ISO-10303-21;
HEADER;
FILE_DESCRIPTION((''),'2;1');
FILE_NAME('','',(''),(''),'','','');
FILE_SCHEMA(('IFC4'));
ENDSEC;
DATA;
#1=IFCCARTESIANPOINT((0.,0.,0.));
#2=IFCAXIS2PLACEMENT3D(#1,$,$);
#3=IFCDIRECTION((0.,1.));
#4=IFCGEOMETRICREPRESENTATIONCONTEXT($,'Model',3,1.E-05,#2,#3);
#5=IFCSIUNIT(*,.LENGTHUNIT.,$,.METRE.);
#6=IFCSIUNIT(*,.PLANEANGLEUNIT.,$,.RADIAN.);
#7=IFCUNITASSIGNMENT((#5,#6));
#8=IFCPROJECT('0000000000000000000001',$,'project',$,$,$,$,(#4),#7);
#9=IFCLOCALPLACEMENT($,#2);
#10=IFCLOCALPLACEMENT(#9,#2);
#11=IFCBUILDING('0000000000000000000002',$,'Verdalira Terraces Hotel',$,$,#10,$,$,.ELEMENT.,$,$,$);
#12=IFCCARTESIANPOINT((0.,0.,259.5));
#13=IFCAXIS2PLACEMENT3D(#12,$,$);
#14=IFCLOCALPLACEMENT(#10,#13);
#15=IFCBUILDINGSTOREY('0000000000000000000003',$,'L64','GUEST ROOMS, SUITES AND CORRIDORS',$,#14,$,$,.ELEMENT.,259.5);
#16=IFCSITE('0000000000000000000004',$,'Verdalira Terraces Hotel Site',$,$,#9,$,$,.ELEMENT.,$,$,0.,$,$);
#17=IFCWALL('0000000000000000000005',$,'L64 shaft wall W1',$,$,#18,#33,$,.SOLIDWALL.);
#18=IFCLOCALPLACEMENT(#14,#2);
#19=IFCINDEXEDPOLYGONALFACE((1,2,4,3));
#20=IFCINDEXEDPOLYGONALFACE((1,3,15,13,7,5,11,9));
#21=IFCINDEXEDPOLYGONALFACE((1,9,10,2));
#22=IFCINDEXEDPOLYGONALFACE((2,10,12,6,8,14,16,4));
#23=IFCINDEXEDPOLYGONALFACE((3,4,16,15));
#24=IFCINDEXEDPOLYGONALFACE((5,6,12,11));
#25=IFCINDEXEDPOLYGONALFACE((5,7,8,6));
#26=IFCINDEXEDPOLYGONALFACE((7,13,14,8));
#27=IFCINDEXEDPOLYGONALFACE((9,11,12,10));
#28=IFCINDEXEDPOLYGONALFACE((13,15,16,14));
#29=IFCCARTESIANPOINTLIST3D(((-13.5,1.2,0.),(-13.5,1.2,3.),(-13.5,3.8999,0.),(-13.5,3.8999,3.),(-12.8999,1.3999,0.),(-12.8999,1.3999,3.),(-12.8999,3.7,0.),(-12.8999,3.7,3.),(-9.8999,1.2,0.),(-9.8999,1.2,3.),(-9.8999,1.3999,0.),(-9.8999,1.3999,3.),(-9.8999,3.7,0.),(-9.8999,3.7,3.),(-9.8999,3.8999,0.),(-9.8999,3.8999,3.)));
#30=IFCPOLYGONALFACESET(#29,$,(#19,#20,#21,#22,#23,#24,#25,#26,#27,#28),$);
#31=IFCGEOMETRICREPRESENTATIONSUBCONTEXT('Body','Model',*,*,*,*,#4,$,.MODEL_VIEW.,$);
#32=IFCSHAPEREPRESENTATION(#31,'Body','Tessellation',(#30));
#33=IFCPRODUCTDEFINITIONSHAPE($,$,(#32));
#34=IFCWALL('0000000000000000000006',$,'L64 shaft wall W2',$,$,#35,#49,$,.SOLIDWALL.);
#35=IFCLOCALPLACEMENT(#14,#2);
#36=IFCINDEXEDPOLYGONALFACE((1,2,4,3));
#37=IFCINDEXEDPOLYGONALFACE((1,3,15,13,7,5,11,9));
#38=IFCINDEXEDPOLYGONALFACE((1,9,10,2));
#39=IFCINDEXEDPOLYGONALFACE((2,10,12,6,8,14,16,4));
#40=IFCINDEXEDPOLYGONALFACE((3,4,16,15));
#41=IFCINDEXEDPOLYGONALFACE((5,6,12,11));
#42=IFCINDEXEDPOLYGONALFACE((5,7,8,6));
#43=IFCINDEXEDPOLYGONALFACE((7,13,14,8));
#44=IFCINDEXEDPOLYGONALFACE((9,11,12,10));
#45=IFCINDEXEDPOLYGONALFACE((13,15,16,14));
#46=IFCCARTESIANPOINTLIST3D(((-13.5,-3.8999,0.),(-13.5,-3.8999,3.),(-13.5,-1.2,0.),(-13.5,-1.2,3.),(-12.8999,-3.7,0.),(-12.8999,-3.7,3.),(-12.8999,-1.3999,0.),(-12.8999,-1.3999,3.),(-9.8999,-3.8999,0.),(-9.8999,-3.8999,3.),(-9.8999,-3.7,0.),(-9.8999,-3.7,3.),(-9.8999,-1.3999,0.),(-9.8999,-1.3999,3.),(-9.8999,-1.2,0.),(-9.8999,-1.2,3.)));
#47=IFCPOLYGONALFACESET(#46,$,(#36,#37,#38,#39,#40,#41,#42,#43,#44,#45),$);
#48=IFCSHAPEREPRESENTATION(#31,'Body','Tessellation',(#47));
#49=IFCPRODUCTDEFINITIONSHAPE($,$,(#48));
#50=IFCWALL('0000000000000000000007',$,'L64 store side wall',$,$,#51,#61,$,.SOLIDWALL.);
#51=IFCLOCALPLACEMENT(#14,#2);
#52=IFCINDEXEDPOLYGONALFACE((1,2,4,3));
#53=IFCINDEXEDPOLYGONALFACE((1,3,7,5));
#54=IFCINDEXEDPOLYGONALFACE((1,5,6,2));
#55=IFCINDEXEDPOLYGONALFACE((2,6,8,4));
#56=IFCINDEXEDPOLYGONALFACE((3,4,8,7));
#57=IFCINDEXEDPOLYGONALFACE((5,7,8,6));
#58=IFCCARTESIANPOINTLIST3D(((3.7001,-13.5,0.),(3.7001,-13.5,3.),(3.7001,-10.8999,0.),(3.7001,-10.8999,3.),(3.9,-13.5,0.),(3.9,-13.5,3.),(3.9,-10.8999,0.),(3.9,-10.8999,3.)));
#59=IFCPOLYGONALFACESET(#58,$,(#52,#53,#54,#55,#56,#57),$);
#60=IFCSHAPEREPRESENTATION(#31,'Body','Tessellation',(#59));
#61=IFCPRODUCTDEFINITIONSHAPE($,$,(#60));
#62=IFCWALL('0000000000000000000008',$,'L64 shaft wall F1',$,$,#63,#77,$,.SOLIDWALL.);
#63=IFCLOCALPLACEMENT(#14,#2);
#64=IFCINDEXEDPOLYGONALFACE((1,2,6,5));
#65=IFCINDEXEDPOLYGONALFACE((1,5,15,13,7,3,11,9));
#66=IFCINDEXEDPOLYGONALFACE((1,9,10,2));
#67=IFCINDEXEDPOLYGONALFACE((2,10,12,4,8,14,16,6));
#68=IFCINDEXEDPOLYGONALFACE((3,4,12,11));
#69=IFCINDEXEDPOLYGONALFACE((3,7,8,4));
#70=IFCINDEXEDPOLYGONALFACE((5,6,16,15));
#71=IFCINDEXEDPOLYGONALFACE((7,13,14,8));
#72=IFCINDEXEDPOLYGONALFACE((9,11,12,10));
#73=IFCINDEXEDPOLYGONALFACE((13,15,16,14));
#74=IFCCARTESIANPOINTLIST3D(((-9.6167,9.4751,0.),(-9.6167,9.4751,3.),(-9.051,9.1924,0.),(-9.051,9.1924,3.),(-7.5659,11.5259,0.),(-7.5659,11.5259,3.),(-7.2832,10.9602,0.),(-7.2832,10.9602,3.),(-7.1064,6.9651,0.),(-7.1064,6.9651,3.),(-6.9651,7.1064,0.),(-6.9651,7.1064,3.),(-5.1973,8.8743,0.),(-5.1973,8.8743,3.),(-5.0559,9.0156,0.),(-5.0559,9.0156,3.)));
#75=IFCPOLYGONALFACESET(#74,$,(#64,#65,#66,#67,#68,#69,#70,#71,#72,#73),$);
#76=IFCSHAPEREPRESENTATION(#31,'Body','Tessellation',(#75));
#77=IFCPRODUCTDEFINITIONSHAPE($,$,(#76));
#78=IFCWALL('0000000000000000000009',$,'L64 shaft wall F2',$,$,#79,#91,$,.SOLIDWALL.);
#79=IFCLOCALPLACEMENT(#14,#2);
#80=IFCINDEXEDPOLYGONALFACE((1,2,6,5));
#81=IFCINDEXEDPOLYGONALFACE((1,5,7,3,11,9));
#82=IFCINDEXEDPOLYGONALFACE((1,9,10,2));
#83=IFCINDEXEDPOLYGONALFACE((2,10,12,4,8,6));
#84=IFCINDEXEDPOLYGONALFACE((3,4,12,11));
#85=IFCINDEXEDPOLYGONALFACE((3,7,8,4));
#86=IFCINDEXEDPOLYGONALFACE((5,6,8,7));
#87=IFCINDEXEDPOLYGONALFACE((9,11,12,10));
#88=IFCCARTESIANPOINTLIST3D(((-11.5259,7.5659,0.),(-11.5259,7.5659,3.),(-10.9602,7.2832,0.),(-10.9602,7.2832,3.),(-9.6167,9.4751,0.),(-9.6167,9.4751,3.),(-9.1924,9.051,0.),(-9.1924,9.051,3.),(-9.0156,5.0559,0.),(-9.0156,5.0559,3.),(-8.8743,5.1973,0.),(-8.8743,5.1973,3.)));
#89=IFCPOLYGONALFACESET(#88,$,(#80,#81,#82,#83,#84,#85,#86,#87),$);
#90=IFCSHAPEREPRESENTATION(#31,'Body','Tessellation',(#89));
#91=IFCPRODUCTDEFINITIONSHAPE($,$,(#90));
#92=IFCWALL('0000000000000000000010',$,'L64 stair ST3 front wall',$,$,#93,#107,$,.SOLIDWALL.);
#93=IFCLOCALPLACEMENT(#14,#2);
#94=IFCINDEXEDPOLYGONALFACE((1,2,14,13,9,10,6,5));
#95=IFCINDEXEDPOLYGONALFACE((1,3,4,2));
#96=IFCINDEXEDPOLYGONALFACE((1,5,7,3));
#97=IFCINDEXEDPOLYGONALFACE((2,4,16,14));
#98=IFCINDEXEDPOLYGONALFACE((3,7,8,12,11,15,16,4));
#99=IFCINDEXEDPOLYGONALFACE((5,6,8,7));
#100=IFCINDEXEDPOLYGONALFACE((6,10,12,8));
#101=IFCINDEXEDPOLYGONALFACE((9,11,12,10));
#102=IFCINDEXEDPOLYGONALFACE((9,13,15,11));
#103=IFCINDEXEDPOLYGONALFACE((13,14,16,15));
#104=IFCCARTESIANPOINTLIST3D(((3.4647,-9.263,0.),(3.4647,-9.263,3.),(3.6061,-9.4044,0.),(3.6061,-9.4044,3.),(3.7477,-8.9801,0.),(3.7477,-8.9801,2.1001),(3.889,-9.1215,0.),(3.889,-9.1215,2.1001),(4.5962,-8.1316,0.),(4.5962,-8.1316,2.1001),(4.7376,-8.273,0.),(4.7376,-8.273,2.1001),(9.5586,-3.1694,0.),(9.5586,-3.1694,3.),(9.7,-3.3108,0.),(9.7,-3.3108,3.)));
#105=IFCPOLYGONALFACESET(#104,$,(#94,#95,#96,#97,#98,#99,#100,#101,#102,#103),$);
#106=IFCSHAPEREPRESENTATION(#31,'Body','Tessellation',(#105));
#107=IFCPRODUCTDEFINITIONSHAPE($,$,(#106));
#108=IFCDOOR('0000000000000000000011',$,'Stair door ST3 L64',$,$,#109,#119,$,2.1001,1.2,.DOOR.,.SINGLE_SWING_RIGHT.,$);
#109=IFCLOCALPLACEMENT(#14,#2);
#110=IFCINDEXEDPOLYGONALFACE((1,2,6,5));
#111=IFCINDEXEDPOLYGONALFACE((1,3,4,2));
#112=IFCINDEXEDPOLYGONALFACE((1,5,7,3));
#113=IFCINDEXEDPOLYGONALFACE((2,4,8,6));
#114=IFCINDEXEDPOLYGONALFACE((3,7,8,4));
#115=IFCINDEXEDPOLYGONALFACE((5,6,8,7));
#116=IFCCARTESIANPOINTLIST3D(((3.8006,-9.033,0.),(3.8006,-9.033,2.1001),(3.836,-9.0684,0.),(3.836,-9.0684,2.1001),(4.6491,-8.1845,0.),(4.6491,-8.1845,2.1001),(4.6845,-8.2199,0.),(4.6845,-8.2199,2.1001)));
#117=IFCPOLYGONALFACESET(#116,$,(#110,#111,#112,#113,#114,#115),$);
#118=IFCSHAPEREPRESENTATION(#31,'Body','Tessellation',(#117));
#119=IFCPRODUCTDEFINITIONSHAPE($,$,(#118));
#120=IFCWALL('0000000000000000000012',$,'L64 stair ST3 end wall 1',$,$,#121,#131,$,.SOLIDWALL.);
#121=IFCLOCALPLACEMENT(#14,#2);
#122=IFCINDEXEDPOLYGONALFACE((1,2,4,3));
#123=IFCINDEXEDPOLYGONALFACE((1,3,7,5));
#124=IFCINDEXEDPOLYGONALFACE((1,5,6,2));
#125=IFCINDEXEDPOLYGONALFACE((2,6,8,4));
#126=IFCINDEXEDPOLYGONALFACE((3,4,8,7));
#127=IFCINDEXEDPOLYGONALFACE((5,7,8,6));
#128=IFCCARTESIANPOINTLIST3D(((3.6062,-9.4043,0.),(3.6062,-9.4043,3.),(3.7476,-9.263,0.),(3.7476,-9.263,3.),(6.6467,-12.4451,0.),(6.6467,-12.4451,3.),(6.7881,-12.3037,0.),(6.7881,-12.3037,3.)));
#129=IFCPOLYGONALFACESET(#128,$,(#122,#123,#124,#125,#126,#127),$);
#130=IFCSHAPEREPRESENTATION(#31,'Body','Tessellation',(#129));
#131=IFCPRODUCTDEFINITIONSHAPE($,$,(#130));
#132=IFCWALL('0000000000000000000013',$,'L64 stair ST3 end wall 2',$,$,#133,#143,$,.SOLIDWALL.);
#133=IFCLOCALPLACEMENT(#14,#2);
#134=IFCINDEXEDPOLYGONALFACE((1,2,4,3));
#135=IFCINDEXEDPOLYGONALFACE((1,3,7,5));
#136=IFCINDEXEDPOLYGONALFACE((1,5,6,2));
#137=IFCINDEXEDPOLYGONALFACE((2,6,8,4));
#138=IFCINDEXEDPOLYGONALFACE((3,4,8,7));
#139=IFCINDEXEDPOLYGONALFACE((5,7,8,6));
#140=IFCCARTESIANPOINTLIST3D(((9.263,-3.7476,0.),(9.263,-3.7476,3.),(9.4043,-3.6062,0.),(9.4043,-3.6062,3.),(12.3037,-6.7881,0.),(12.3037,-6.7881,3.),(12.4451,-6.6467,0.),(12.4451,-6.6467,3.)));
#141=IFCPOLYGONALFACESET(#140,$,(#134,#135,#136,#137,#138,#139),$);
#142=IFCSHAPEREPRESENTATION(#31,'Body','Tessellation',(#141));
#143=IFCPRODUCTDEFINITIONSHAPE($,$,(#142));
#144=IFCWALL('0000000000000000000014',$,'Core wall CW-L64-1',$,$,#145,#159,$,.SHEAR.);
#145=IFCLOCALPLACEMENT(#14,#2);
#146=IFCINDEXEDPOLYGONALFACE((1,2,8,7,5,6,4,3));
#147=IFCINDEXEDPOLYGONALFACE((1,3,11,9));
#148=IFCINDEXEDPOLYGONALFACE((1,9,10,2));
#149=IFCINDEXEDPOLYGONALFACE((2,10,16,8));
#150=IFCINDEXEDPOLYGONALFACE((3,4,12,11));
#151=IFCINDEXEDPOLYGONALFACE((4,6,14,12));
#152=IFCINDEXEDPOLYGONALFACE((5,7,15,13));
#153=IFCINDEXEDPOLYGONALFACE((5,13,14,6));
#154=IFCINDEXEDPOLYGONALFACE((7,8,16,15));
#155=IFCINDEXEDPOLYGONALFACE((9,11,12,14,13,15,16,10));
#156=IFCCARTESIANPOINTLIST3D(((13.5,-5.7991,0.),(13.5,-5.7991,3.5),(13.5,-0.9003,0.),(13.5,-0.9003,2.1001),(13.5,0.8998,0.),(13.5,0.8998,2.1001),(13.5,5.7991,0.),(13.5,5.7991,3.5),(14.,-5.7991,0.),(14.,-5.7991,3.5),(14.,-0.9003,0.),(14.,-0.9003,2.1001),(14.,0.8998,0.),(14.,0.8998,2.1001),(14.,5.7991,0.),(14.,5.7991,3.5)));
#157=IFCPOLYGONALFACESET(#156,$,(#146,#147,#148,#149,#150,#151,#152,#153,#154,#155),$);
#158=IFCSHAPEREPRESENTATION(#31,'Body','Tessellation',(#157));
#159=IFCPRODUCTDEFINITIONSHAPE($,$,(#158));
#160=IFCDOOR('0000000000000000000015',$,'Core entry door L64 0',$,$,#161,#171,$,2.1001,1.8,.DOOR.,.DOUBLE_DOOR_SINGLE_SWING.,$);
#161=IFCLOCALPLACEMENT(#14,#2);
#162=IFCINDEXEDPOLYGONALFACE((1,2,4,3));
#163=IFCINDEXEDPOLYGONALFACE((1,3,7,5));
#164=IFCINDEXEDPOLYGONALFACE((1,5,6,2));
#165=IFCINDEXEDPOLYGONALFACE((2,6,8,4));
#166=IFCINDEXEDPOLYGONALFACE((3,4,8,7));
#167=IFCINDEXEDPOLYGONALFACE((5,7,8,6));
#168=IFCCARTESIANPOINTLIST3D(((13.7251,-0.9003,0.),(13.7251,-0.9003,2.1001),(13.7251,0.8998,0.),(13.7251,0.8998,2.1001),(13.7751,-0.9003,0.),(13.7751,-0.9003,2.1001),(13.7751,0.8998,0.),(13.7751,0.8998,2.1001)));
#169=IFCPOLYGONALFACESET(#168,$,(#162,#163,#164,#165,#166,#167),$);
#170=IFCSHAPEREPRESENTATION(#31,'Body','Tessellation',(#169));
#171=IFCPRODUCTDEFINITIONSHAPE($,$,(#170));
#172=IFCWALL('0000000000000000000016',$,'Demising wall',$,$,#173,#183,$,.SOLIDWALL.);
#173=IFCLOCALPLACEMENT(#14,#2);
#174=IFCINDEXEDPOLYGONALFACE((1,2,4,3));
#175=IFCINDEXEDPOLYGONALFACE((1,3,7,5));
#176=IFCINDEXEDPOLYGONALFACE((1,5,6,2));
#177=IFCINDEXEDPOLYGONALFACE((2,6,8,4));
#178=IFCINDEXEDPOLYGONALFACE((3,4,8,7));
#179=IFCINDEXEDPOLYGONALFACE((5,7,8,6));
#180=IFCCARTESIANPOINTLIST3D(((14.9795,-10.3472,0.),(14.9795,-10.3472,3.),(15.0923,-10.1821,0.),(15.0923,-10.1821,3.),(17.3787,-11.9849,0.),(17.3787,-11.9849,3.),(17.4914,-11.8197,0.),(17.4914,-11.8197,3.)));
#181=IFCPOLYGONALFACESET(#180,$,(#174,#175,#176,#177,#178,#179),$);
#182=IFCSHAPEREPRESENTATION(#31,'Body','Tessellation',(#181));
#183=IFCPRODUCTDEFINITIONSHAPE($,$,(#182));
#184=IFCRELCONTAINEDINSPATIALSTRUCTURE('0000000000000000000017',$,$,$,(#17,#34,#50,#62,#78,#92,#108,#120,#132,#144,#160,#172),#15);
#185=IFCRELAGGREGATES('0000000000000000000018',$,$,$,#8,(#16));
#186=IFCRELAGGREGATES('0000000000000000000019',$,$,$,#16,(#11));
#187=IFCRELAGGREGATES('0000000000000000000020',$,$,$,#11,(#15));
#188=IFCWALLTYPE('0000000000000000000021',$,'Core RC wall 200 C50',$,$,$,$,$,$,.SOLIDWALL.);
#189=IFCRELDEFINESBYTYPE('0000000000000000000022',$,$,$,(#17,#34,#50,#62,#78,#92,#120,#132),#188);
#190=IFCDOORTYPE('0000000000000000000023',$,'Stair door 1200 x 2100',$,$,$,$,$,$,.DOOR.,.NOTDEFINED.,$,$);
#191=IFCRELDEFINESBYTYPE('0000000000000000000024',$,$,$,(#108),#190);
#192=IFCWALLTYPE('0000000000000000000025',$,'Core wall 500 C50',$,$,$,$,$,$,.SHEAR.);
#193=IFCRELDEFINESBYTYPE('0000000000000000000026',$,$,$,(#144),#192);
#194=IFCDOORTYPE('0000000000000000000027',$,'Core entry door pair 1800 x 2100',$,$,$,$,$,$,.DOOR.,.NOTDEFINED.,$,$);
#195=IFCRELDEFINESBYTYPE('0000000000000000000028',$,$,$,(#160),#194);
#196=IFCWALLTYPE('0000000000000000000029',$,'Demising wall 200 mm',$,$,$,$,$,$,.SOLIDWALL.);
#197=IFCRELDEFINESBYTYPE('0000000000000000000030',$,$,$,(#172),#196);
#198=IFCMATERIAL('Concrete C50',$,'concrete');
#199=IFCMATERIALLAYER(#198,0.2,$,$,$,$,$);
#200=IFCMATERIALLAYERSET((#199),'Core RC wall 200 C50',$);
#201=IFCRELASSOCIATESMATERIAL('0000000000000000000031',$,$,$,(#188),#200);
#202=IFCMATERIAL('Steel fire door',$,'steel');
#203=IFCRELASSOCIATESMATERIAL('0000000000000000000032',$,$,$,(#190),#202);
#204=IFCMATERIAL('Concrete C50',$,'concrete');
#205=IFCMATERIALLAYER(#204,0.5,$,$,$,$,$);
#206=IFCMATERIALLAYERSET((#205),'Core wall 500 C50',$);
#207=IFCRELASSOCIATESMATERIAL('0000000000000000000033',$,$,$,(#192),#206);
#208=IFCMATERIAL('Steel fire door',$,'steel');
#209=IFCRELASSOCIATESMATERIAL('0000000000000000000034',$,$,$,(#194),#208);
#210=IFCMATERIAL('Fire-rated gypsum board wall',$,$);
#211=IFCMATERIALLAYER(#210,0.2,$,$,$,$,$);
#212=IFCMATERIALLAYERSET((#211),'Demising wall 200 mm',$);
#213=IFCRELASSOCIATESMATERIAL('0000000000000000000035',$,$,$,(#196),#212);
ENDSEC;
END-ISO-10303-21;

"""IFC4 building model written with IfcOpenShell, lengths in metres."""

from ifc_helpers import new_model, si_unit, direction, frame, frame_2d, origin, place, context, subcontext, project, spatial, polyline, rectangle, outline, extrude, material, layer, layer_set, type_object, element, fill, save


model = new_model("IFC4")

# Units and contexts
model_context = context("Model", 3, precision=1e-05, world=origin(), true_north=direction((0.0, 1.0)))
body_context = subcontext(model_context, "Body", "Model", "MODEL_VIEW")
ifc_project = project(units=[si_unit("LENGTHUNIT", "METRE"), si_unit("PLANEANGLEUNIT", "RADIAN")], contexts=[model_context])

# Site, building, storey
site_placement = place(None, origin())
site = spatial("IfcSite", under=ifc_project, at=site_placement, Name="Verdalira Terraces Hotel Site", CompositionType="ELEMENT", RefElevation=0.0)
building_placement = place(site_placement, origin())
building = spatial("IfcBuilding", under=site, at=building_placement, Name="Verdalira Terraces Hotel", CompositionType="ELEMENT")
storey_placement = place(building_placement, frame((0.0, 0.0, 259.5)))
storey = spatial("IfcBuildingStorey", under=building, at=storey_placement, Name="L64", Description="GUEST ROOMS, SUITES AND CORRIDORS", CompositionType="ELEMENT", Elevation=259.5)

# Shared definitions
ifc_material_1 = material(Name="Concrete C50", Category="concrete")
ifc_layer_1 = layer(ifc_material_1, 0.2)
ifc_layer_set_1 = layer_set([ifc_layer_1], Name="Core RC wall 200 C50")
wall_type_1 = type_object("IfcWallType", Name="Core RC wall 200 C50", PredefinedType="SOLIDWALL", material=ifc_layer_set_1)

# Walls
wall_1_placement = place(storey_placement, origin())
element("IfcWall", 1, at=wall_1_placement, inside=storey, type_object=wall_type_1, Name="L64 shaft wall W1", PredefinedType="SOLIDWALL", context=body_context, shape_type="SweptSolid", body=[
    extrude(outline(polyline([(-13.5, 3.8999), (-9.8999, 3.8999), (-9.8999, 3.7), (-12.8999, 3.7), (-12.8999, 1.3999), (-9.8999, 1.3999), (-9.8999, 1.2), (-13.5, 1.2), (-13.5, 3.8999)])), origin(), (0.0, 0.0, 1.0), 3.0),
])
wall_2_placement = place(storey_placement, origin())
element("IfcWall", 2, at=wall_2_placement, inside=storey, type_object=wall_type_1, Name="L64 shaft wall W2", PredefinedType="SOLIDWALL", context=body_context, shape_type="SweptSolid", body=[
    extrude(outline(polyline([(-13.5, -3.8999), (-13.5, -1.2), (-9.8999, -1.2), (-9.8999, -1.3999), (-12.8999, -1.3999), (-12.8999, -3.7), (-9.8999, -3.7), (-9.8999, -3.8999), (-13.5, -3.8999)])), origin(), (0.0, 0.0, 1.0), 3.0),
])
wall_3_placement = place(storey_placement, frame((3.8, -10.8999, 0.0), z_axis=(0.0, 0.0, 1.0), x_axis=(0.0, -1.0, 0.0)))
element("IfcWall", 3, at=wall_3_placement, inside=storey, type_object=wall_type_1, Name="L64 store side wall", PredefinedType="SOLIDWALL", context=body_context, shape_type="SweptSolid", body=[
    extrude(rectangle(XDim=2.6001, YDim=0.2, at=frame_2d((1.3, 0.0))), origin(), (0.0, 0.0, 1.0), 3.0),
])
wall_4_placement = place(storey_placement, origin())
element("IfcWall", 4, at=wall_4_placement, inside=storey, type_object=wall_type_1, Name="L64 shaft wall F1", PredefinedType="SOLIDWALL", context=body_context, shape_type="SweptSolid", body=[
    extrude(outline(polyline([(-9.6167, 9.4751), (-7.5659, 11.5259), (-5.0559, 9.0156), (-5.1973, 8.8743), (-7.2832, 10.9602), (-9.051, 9.1924), (-6.9651, 7.1064), (-7.1064, 6.9651), (-9.6167, 9.4751)])), origin(), (0.0, 0.0, 1.0), 3.0),
])
wall_5_placement = place(storey_placement, origin())
element("IfcWall", 5, at=wall_5_placement, inside=storey, type_object=wall_type_1, Name="L64 shaft wall F2", PredefinedType="SOLIDWALL", context=body_context, shape_type="SweptSolid", body=[
    extrude(outline(polyline([(-11.5259, 7.5659), (-9.6167, 9.4751), (-9.1924, 9.051), (-10.9602, 7.2832), (-8.8743, 5.1973), (-9.0156, 5.0559), (-11.5259, 7.5659)])), origin(), (0.0, 0.0, 1.0), 3.0),
])

# Wall, opening, door
wall_6_placement = place(storey_placement, frame((9.6294, -3.24, 0.0), z_axis=(0.0, 0.0, 1.0), x_axis=(-0.707121, -0.707093, 0.0)))
wall_6 = element("IfcWall", 6, at=wall_6_placement, inside=storey, type_object=wall_type_1, Name="L64 stair ST3 front wall", PredefinedType="SOLIDWALL", context=body_context, shape_type="SweptSolid", body=[
    extrude(rectangle(XDim=8.6179, YDim=0.2, at=frame_2d((4.3091, 0.0))), origin(), (0.0, 0.0, 1.0), 3.0),
])
opening_1_placement = place(wall_6_placement, frame((7.0178, 0.0, 0.0)))
opening_1 = element("IfcOpeningElement", 7, at=opening_1_placement, cuts=wall_6, PredefinedType="OPENING", context=body_context, shape_type="SweptSolid", body=[
    extrude(rectangle(XDim=1.2, YDim=2.1001, at=frame_2d((0.6001, 1.05))), frame((0.0, 0.1099, 0.0), z_axis=(0.0, -1.0, 0.0), x_axis=(1.0, 0.0, 0.0)), (0.0, 0.0, 1.0), 0.22),
])
ifc_material_2 = material(Name="Steel fire door", Category="steel")
door_type_1 = type_object("IfcDoorType", Name="Stair door 1200 x 2100", OperationType="NOTDEFINED", PredefinedType="DOOR", material=ifc_material_2)
door_1_placement = place(opening_1_placement, origin())
door_1 = element("IfcDoor", 8, at=door_1_placement, inside=storey, type_object=door_type_1, Name="Stair door ST3 L64", OperationType="SINGLE_SWING_RIGHT", OverallHeight=2.1001, OverallWidth=1.2, PredefinedType="DOOR", context=body_context, shape_type="SweptSolid", body=[
    extrude(rectangle(XDim=1.2, YDim=2.1001, at=frame_2d((0.6001, 1.05))), frame((0.0, 0.0249, 0.0), z_axis=(0.0, -1.0, 0.0), x_axis=(1.0, 0.0, 0.0)), (0.0, 0.0, 1.0), 0.05),
])
fill(opening_1, door_1)

# Walls
for number, where, z_axis, x_axis, name in (
    (9, (3.677, -9.3337, 0.0), (0.0, 0.0, 1.0), (0.707078, -0.707135, 0.0), "L64 stair ST3 end wall 1"),
    (10, (9.3337, -3.677, 0.0), (0.0, 0.0, 1.0), (0.707135, -0.707078, 0.0), "L64 stair ST3 end wall 2"),
):
    element("IfcWall", number, at=place(storey_placement, frame(where, z_axis=z_axis, x_axis=x_axis)), inside=storey, type_object=wall_type_1, Name=name, PredefinedType="SOLIDWALL", context=body_context, shape_type="SweptSolid", body=[
        extrude(rectangle(XDim=4.3, YDim=0.2, at=frame_2d((2.1499, 0.0))), origin(), (0.0, 0.0, 1.0), 3.0),
    ])

# Wall, opening, door
ifc_material_3 = material(Name="Concrete C50", Category="concrete")
ifc_layer_2 = layer(ifc_material_3, 0.5)
ifc_layer_set_2 = layer_set([ifc_layer_2], Name="Core wall 500 C50")
wall_type_2 = type_object("IfcWallType", Name="Core wall 500 C50", PredefinedType="SHEAR", material=ifc_layer_set_2)
wall_7_placement = place(storey_placement, frame((13.75, -5.7991, 0.0), z_axis=(0.0, 0.0, 1.0), x_axis=(0.0, 1.0, 0.0)))
wall_7 = element("IfcWall", 11, at=wall_7_placement, inside=storey, type_object=wall_type_2, Name="Core wall CW-L64-1", PredefinedType="SHEAR", context=body_context, shape_type="SweptSolid", body=[
    extrude(rectangle(XDim=11.5981, YDim=0.5, at=frame_2d((5.7991, 0.0))), origin(), (0.0, 0.0, 1.0), 3.5),
])
opening_2_placement = place(wall_7_placement, frame((4.8989, 0.0, 0.0)))
opening_2 = element("IfcOpeningElement", 12, at=opening_2_placement, cuts=wall_7, PredefinedType="OPENING", context=body_context, shape_type="SweptSolid", body=[
    extrude(rectangle(XDim=1.8, YDim=2.1001, at=frame_2d((0.8999, 1.05))), frame((0.0, 0.26, 0.0), z_axis=(0.0, -1.0, 0.0), x_axis=(1.0, 0.0, 0.0)), (0.0, 0.0, 1.0), 0.52),
])
ifc_material_4 = material(Name="Steel fire door", Category="steel")
door_type_2 = type_object("IfcDoorType", Name="Core entry door pair 1800 x 2100", OperationType="NOTDEFINED", PredefinedType="DOOR", material=ifc_material_4)
door_2_placement = place(opening_2_placement, origin())
door_2 = element("IfcDoor", 13, at=door_2_placement, inside=storey, type_object=door_type_2, Name="Core entry door L64 0", OperationType="DOUBLE_DOOR_SINGLE_SWING", OverallHeight=2.1001, OverallWidth=1.8, PredefinedType="DOOR", context=body_context, shape_type="SweptSolid", body=[
    extrude(rectangle(XDim=1.8, YDim=2.1001, at=frame_2d((0.8999, 1.05))), frame((0.0, 0.0249, 0.0), z_axis=(0.0, -1.0, 0.0), x_axis=(1.0, 0.0, 0.0)), (0.0, 0.0, 1.0), 0.05),
])
fill(opening_2, door_2)

# Wall
ifc_material_5 = material(Name="Fire-rated gypsum board wall")
ifc_layer_3 = layer(ifc_material_5, 0.2)
ifc_layer_set_3 = layer_set([ifc_layer_3], Name="Demising wall 200 mm")
wall_type_3 = type_object("IfcWallType", Name="Demising wall 200 mm", PredefinedType="SOLIDWALL", material=ifc_layer_set_3)
wall_8_placement = place(storey_placement, frame((15.0359, -10.2646, 0.0), z_axis=(0.0, 0.0, 1.0), x_axis=(0.825923, -0.563783, 0.0)))
element("IfcWall", 14, at=wall_8_placement, inside=storey, type_object=wall_type_3, Name="Demising wall", PredefinedType="SOLIDWALL", context=body_context, shape_type="SweptSolid", body=[
    extrude(rectangle(XDim=2.9048, YDim=0.2, at=frame_2d((1.4524, 0.0))), origin(), (0.0, 0.0, 1.0), 3.0),
])

save(model, "model.ifc")
